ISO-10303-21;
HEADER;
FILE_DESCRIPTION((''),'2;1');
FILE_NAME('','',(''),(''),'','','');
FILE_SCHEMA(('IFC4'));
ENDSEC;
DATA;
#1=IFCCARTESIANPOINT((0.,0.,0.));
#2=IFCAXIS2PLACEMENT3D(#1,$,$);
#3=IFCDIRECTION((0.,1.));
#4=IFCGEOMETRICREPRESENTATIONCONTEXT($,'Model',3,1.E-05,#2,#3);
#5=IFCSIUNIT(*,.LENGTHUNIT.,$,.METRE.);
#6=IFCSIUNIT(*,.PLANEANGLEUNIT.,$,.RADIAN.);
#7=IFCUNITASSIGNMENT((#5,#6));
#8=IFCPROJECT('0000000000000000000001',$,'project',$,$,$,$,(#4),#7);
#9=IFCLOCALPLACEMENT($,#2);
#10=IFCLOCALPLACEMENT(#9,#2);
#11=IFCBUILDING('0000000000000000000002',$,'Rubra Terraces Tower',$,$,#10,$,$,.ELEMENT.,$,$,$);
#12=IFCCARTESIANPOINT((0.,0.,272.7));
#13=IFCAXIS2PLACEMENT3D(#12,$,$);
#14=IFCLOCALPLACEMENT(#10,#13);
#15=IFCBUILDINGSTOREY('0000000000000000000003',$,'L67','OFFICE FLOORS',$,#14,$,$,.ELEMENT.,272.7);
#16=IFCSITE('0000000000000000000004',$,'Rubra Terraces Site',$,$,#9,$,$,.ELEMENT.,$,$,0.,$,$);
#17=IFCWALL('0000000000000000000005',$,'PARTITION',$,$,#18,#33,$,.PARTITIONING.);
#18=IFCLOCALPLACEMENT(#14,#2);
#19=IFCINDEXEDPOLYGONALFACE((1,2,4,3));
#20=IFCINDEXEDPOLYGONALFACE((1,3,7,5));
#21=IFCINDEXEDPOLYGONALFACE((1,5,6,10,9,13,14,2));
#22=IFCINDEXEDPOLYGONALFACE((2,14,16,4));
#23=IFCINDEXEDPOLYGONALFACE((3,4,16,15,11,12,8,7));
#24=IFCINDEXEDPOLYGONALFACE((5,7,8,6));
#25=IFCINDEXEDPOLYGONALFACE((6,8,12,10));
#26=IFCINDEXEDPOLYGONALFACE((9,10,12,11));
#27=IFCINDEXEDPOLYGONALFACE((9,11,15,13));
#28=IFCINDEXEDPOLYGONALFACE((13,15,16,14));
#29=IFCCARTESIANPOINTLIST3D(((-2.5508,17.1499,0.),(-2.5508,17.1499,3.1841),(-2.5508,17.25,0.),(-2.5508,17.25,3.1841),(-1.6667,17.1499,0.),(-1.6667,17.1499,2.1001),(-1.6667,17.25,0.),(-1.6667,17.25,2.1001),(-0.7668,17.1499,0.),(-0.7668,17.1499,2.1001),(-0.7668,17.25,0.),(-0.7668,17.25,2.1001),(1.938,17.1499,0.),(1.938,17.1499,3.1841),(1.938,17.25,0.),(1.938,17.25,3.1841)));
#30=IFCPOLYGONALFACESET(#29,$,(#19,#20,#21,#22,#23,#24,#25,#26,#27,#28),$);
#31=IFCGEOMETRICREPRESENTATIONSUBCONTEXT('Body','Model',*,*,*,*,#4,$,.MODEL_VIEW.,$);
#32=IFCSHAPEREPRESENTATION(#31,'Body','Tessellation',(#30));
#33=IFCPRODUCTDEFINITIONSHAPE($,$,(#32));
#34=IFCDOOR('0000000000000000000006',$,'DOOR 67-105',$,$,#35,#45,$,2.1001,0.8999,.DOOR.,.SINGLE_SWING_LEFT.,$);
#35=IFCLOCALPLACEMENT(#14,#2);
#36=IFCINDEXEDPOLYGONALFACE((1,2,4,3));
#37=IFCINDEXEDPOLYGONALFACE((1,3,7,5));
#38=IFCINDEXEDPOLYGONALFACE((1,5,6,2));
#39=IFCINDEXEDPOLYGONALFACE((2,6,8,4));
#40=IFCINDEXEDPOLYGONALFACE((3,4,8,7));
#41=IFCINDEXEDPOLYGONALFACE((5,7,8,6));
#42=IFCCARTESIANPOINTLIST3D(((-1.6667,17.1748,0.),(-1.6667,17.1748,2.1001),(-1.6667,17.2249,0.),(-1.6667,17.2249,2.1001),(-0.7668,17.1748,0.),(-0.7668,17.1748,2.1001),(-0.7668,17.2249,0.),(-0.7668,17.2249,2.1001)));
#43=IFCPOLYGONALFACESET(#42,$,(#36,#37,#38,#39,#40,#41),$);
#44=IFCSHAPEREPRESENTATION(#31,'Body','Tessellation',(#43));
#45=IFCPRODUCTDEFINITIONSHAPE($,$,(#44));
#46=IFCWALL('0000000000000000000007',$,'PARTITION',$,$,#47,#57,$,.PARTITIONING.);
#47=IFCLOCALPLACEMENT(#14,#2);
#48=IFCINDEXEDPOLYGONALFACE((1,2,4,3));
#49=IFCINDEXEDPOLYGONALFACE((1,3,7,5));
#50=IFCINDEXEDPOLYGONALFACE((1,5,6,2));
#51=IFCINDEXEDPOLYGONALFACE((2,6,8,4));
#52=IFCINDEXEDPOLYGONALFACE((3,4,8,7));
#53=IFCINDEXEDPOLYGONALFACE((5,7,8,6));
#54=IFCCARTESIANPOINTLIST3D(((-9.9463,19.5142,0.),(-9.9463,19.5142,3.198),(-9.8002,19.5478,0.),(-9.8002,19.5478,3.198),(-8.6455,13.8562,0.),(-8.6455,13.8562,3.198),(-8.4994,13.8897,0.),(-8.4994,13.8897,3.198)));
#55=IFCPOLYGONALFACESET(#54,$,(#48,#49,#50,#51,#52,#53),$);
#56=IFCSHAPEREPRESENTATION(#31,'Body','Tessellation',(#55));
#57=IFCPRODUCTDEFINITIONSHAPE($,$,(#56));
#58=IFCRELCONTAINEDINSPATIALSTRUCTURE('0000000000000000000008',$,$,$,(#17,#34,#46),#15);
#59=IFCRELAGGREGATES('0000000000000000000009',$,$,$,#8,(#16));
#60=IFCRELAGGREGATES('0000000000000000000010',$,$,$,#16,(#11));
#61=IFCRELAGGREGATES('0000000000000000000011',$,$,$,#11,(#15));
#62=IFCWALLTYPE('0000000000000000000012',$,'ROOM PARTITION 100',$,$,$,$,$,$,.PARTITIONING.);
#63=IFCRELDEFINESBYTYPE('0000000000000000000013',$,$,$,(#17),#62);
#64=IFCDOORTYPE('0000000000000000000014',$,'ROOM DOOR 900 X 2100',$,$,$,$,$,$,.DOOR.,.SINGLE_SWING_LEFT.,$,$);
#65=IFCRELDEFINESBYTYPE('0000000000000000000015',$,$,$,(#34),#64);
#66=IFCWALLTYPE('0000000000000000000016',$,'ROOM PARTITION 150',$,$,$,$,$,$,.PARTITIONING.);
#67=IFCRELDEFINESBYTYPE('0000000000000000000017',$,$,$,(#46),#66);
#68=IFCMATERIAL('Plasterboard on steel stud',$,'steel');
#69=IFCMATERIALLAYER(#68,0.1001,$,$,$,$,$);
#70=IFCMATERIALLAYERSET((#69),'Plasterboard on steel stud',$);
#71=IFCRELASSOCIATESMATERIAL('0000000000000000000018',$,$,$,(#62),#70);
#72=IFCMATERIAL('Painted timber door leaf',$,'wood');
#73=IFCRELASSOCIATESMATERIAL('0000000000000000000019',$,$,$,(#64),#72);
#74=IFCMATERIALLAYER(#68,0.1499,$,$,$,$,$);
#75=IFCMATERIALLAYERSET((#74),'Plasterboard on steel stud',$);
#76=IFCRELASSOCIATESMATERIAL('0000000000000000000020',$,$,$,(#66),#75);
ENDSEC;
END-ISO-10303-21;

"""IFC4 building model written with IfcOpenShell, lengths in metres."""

from ifc_helpers import new_model, si_unit, direction, frame, frame_2d, origin, place, context, subcontext, project, spatial, rectangle, extrude, material, layer, layer_set, type_object, element, fill, save


model = new_model("IFC4")

# Units and contexts
model_context = context("Model", 3, precision=1e-05, world=origin(), true_north=direction((0.0, 1.0)))
body_context = subcontext(model_context, "Body", "Model", "MODEL_VIEW")
ifc_project = project(units=[si_unit("LENGTHUNIT", "METRE"), si_unit("PLANEANGLEUNIT", "RADIAN")], contexts=[model_context])

# Site, building, storey
site_placement = place(None, origin())
site = spatial("IfcSite", under=ifc_project, at=site_placement, Name="Rubra Terraces Site", CompositionType="ELEMENT", RefElevation=0.0)
building_placement = place(site_placement, origin())
building = spatial("IfcBuilding", under=site, at=building_placement, Name="Rubra Terraces Tower", CompositionType="ELEMENT")
storey_placement = place(building_placement, frame((0.0, 0.0, 272.7)))
storey = spatial("IfcBuildingStorey", under=building, at=storey_placement, Name="L67", Description="OFFICE FLOORS", CompositionType="ELEMENT", Elevation=272.7)

# Wall, opening, door
ifc_material_1 = material(Name="Plasterboard on steel stud", Category="steel")
ifc_layer_1 = layer(ifc_material_1, 0.1001)
ifc_layer_set_1 = layer_set([ifc_layer_1], Name="Plasterboard on steel stud")
wall_type_1 = type_object("IfcWallType", Name="ROOM PARTITION 100", PredefinedType="PARTITIONING", material=ifc_layer_set_1)
ifc_material_2 = material(Name="Painted timber door leaf", Category="wood")
door_type = type_object("IfcDoorType", Name="ROOM DOOR 900 X 2100", OperationType="SINGLE_SWING_LEFT", PredefinedType="DOOR", material=ifc_material_2)
wall_1_placement = place(storey_placement, frame((-2.5508, 17.2, 0.0), z_axis=(0.0, 0.0, 1.0), x_axis=(1.0, 0.0, 0.0)))
wall_1 = element("IfcWall", 1, at=wall_1_placement, inside=storey, type_object=wall_type_1, Name="PARTITION", PredefinedType="PARTITIONING", context=body_context, shape_type="SweptSolid", body=[
    extrude(rectangle(XDim=4.4888, YDim=0.1001, at=frame_2d((2.2444, 0.0))), origin(), (0.0, 0.0, 1.0), 3.1841),
])
opening_1_placement = place(wall_1_placement, frame((0.884, 0.0, 0.0)))
opening_1 = element("IfcOpeningElement", 2, at=opening_1_placement, cuts=wall_1, PredefinedType="OPENING", context=body_context, shape_type="SweptSolid", body=[
    extrude(rectangle(XDim=0.8999, YDim=2.1001, at=frame_2d((0.45, 1.05))), frame((0.0, 0.0601, 0.0), z_axis=(0.0, -1.0, 0.0), x_axis=(1.0, 0.0, 0.0)), (0.0, 0.0, 1.0), 0.1201),
])
door_1_placement = place(opening_1_placement, origin())
door_1 = element("IfcDoor", 3, at=door_1_placement, inside=storey, type_object=door_type, Name="DOOR 67-105", OperationType="SINGLE_SWING_LEFT", OverallHeight=2.1001, OverallWidth=0.8999, PredefinedType="DOOR", context=body_context, shape_type="SweptSolid", body=[
    extrude(rectangle(XDim=0.8999, YDim=2.1001, at=frame_2d((0.45, 1.05))), frame((0.0, 0.0249, 0.0), z_axis=(0.0, -1.0, 0.0), x_axis=(1.0, 0.0, 0.0)), (0.0, 0.0, 1.0), 0.05),
])
fill(opening_1, door_1)

# Wall
ifc_layer_2 = layer(ifc_material_1, 0.1499)
ifc_layer_set_2 = layer_set([ifc_layer_2], Name="Plasterboard on steel stud")
wall_type_2 = type_object("IfcWallType", Name="ROOM PARTITION 150", PredefinedType="PARTITIONING", material=ifc_layer_set_2)
wall_2_placement = place(storey_placement, frame((-9.8733, 19.531, 0.0), z_axis=(0.0, 0.0, 1.0), x_axis=(0.224058, -0.974576, 0.0)))
element("IfcWall", 4, at=wall_2_placement, inside=storey, type_object=wall_type_2, Name="PARTITION", PredefinedType="PARTITIONING", context=body_context, shape_type="SweptSolid", body=[
    extrude(rectangle(XDim=5.8057, YDim=0.1499, at=frame_2d((2.9028, 0.0))), origin(), (0.0, 0.0, 1.0), 3.198),
])

save(model, "model.ifc")
